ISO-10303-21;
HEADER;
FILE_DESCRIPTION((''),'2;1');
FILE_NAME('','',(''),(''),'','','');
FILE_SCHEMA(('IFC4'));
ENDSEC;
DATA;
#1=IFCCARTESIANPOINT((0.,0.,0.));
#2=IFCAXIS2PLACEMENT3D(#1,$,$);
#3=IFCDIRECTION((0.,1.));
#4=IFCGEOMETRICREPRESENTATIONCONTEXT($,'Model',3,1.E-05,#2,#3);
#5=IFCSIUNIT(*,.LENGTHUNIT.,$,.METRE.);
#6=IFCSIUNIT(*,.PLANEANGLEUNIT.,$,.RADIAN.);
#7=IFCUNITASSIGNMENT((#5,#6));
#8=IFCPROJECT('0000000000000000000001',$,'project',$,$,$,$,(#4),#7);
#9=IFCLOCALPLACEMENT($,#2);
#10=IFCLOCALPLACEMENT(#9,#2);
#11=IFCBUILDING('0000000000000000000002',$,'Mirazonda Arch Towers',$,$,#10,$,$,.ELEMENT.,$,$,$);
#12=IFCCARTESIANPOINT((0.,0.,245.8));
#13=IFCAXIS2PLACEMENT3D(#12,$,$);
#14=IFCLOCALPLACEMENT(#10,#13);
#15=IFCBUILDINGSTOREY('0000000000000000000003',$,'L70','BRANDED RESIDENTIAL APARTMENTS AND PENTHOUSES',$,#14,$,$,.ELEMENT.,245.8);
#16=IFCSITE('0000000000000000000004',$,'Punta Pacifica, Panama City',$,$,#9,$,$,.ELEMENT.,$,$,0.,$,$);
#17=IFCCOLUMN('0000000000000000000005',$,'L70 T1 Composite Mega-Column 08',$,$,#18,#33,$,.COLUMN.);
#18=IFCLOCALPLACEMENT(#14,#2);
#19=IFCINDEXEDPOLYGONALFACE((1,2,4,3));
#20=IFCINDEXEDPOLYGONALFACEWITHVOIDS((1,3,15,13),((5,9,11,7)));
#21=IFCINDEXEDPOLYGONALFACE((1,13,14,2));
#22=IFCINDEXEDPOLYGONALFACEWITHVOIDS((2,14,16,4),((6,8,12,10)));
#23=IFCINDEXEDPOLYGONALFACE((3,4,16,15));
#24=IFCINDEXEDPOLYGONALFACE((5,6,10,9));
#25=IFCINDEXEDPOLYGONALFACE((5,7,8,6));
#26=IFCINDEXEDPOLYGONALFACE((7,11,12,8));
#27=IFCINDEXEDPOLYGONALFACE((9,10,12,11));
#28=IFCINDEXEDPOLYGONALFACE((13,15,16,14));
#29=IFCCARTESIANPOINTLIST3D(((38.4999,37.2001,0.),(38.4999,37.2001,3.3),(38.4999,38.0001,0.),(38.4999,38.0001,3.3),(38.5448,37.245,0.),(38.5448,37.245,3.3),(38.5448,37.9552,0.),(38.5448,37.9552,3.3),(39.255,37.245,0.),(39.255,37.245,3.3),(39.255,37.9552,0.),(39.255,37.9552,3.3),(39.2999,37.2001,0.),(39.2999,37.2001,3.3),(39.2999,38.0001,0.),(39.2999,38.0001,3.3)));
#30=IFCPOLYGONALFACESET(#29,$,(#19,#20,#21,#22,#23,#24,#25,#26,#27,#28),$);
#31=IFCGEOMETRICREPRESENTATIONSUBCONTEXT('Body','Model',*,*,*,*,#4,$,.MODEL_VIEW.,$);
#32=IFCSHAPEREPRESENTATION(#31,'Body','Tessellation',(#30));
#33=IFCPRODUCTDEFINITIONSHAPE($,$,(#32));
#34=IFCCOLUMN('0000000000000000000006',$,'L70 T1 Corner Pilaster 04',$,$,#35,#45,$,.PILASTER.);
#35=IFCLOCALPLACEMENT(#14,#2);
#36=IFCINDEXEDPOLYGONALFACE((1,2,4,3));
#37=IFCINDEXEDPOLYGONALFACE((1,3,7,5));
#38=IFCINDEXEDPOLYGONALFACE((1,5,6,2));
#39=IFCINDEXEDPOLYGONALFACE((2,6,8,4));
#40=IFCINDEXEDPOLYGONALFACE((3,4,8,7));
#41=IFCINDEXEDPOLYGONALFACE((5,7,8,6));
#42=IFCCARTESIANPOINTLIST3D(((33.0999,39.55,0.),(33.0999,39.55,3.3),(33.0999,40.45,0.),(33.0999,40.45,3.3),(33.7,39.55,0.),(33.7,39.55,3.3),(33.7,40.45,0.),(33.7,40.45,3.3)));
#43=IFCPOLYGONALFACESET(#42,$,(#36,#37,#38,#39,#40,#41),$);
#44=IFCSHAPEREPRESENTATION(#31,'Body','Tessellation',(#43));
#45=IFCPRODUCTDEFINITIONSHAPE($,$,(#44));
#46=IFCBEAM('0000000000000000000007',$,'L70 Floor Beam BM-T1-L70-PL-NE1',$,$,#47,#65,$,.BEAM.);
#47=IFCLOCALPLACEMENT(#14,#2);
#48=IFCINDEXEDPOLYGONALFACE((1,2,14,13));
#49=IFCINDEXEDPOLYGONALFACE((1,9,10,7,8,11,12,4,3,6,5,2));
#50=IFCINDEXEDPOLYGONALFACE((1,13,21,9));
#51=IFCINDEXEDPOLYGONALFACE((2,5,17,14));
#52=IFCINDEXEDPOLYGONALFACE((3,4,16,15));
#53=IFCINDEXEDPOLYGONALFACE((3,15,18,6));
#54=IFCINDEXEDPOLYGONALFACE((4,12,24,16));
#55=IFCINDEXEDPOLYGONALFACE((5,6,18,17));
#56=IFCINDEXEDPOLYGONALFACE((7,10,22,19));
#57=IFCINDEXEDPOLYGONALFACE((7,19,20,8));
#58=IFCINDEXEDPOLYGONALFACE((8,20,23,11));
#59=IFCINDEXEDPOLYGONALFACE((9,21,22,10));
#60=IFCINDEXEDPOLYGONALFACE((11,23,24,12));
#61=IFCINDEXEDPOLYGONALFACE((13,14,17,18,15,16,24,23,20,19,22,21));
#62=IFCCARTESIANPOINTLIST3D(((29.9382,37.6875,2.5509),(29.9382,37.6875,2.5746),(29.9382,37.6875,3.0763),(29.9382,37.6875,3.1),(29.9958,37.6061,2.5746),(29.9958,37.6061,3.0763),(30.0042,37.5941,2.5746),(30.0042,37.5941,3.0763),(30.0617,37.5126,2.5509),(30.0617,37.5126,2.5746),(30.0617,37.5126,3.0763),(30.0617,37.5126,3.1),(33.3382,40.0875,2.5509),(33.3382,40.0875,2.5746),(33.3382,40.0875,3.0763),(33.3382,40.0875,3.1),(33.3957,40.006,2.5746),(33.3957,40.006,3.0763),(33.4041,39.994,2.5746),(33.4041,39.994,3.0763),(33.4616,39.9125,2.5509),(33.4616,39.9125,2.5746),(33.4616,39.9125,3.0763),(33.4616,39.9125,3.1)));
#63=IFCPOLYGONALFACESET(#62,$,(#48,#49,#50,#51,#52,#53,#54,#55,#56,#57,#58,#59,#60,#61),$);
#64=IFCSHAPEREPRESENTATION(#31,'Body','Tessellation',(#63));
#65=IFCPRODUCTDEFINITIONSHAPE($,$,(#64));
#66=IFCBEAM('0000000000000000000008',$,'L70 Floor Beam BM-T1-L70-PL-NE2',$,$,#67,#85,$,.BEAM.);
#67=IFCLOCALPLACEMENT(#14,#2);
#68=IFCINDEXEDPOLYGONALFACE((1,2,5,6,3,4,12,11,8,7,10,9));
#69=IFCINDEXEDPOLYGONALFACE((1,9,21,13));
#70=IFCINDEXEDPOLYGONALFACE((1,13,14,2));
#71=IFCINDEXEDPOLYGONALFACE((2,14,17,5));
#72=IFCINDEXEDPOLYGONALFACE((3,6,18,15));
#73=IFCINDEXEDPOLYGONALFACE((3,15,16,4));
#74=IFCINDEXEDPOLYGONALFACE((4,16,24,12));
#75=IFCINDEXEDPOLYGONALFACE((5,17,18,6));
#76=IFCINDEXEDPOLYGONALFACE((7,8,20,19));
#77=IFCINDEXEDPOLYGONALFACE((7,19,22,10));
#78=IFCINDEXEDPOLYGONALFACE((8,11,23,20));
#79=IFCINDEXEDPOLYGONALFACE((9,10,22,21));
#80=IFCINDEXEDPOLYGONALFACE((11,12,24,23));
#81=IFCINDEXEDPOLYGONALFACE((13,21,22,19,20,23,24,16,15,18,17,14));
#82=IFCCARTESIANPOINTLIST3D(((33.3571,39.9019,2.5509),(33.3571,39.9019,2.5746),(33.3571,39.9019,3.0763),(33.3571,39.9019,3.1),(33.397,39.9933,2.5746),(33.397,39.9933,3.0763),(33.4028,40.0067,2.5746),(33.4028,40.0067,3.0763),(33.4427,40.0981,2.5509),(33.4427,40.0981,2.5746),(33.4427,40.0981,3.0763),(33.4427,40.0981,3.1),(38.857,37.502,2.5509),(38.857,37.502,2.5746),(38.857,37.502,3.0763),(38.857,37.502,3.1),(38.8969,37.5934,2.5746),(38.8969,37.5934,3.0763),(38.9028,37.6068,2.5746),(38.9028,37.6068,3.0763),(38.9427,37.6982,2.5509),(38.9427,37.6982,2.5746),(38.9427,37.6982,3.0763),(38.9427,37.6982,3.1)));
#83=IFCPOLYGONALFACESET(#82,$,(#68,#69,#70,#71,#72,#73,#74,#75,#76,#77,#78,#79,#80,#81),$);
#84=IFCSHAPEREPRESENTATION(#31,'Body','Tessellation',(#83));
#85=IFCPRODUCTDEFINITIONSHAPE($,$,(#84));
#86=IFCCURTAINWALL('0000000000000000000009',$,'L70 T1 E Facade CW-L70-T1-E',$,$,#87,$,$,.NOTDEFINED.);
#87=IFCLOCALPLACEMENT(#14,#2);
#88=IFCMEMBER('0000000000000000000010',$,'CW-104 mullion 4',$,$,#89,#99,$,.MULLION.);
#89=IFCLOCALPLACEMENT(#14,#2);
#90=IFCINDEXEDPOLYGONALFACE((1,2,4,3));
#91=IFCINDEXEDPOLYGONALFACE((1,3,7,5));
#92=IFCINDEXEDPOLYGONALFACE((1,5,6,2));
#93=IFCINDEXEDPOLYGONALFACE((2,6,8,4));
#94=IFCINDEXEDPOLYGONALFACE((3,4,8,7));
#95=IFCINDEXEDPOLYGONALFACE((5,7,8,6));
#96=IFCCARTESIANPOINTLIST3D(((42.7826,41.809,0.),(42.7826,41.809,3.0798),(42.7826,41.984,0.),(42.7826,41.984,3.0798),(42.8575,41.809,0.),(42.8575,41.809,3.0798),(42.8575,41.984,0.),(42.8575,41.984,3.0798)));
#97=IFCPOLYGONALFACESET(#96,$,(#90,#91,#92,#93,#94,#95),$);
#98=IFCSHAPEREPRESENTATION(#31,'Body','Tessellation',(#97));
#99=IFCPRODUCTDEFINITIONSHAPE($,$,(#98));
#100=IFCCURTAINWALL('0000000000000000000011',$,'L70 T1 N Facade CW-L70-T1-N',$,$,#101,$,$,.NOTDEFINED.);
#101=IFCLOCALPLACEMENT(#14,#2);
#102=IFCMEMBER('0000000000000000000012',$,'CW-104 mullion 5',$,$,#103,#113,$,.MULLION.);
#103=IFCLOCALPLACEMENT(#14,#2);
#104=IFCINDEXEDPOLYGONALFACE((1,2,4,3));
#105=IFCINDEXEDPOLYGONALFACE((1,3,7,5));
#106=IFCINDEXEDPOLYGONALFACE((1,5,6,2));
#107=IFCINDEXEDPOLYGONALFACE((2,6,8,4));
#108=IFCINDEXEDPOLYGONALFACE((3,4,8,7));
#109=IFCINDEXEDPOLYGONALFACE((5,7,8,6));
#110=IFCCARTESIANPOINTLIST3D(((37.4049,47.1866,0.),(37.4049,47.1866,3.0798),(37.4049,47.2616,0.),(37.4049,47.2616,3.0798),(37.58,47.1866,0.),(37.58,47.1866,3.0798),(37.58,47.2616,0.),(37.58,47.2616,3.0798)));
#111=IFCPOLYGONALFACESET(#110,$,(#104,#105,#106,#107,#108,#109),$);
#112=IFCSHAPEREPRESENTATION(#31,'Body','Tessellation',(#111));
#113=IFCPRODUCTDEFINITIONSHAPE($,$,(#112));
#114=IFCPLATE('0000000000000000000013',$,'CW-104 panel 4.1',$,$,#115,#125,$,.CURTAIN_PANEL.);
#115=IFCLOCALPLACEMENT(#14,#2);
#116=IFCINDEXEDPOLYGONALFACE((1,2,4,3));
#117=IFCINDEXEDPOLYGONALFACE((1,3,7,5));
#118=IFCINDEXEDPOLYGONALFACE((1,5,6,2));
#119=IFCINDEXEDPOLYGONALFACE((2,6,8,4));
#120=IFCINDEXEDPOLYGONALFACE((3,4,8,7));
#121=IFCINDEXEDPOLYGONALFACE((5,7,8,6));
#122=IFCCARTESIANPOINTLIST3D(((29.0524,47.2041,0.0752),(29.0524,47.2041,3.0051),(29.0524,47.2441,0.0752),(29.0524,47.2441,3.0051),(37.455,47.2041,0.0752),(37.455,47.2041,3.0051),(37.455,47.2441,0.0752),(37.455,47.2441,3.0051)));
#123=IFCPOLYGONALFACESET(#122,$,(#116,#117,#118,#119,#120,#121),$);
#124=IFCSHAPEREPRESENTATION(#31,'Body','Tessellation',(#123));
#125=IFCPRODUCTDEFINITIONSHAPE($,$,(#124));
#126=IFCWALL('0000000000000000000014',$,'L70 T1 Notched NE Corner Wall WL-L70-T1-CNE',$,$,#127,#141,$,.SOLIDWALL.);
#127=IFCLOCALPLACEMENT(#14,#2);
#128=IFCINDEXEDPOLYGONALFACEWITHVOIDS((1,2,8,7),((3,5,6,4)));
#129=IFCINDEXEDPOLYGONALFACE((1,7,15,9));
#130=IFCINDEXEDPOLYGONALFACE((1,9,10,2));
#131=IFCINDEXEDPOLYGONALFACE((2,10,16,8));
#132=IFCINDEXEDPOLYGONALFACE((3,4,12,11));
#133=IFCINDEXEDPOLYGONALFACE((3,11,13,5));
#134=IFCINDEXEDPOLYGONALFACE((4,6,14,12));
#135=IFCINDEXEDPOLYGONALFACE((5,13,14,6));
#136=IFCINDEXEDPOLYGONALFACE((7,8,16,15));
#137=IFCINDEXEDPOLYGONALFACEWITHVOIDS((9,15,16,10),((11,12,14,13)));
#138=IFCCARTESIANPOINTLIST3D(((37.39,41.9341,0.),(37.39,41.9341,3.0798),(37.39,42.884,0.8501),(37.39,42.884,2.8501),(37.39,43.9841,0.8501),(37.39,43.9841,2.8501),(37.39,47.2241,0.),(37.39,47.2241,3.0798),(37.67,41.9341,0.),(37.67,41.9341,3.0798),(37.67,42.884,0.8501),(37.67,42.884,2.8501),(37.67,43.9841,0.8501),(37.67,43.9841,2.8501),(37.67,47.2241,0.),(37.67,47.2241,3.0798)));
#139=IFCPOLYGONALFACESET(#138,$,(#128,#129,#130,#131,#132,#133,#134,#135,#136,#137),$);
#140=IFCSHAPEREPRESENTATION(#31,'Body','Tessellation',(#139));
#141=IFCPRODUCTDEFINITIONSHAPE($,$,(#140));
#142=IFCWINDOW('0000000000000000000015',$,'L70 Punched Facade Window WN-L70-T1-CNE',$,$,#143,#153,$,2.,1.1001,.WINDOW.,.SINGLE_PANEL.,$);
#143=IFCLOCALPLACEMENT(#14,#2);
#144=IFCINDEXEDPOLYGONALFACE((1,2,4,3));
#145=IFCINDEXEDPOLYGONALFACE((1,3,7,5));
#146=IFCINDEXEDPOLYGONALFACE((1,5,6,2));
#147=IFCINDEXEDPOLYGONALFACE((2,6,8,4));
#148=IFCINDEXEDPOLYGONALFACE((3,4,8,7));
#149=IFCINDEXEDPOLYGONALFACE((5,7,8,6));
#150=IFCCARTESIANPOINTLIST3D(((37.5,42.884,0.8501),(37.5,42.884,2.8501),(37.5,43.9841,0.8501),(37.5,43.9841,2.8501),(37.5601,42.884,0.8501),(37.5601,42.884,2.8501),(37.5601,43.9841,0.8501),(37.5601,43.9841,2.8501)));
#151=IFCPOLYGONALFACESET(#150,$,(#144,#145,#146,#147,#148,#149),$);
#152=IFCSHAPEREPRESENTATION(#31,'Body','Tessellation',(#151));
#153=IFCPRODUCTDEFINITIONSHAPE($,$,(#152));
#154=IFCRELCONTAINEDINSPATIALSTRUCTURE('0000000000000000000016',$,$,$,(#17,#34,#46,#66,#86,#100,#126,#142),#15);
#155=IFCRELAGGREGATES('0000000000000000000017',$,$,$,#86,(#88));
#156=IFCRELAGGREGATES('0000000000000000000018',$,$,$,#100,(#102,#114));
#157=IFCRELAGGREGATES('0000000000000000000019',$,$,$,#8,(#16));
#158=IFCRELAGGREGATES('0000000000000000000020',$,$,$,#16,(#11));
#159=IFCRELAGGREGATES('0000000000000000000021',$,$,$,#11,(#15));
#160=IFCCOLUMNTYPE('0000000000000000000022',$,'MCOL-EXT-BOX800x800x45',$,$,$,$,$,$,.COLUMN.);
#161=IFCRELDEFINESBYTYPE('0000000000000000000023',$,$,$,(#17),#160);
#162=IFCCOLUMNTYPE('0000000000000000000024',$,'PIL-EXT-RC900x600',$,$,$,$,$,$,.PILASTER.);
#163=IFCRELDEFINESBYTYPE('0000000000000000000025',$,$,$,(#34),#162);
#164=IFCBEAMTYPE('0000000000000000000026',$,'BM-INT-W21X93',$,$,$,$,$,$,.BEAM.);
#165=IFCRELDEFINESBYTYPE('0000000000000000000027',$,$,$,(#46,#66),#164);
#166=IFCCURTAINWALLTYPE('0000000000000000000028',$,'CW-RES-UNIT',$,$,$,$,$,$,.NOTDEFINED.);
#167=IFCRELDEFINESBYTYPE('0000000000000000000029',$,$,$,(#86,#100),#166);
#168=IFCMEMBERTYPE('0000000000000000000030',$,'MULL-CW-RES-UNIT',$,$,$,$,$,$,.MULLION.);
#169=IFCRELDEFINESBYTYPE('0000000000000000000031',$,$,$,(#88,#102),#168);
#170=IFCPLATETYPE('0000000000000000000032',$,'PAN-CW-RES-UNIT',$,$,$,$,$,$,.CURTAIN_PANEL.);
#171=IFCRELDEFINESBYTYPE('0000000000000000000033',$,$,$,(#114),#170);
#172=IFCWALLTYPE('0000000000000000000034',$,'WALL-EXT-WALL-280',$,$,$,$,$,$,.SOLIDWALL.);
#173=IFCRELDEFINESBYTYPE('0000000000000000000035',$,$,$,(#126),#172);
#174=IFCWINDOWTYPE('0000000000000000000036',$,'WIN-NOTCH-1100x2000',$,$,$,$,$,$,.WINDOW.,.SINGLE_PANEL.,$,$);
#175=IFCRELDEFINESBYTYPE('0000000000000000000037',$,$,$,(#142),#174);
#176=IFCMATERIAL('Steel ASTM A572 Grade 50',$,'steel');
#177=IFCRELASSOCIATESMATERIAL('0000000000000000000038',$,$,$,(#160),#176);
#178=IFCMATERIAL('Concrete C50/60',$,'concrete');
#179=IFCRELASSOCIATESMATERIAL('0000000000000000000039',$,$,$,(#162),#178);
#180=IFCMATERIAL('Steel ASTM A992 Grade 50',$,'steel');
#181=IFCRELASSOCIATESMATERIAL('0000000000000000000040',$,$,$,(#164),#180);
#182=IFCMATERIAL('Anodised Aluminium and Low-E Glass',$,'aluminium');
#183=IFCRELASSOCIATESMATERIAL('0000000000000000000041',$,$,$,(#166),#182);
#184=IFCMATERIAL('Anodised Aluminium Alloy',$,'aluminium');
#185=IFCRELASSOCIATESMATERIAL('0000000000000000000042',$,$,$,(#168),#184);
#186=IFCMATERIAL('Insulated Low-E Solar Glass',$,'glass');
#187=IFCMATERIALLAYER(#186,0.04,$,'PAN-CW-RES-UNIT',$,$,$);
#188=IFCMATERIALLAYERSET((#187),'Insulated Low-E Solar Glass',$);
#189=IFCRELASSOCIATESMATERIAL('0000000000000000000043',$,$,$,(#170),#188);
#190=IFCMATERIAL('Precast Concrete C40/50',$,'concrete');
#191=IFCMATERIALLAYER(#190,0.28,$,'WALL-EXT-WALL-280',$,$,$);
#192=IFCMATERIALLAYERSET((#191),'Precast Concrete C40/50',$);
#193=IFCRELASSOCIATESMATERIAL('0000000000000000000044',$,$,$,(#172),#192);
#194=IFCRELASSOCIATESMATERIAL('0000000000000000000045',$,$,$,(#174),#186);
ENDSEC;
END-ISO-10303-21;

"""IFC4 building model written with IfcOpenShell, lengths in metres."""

from ifc_helpers import new_model, si_unit, direction, frame, frame_2d, origin, origin_2d, place, context, subcontext, project, spatial, rectangle, hollow_rectangle, i_section, extrude, material, layer, layer_set, material_profile, profile_set, type_object, element, fill, aggregate, save


model = new_model("IFC4")

# Units and contexts
model_context = context("Model", 3, precision=1e-05, world=origin(), true_north=direction((0.0, 1.0)))
body_context = subcontext(model_context, "Body", "Model", "MODEL_VIEW")
ifc_project = project(units=[si_unit("LENGTHUNIT", "METRE"), si_unit("PLANEANGLEUNIT", "RADIAN")], contexts=[model_context])

# Site, building, storey
site_placement = place(None, origin())
site = spatial("IfcSite", under=ifc_project, at=site_placement, Name="Punta Pacifica, Panama City", CompositionType="ELEMENT", RefElevation=0.0)
building_placement = place(site_placement, origin())
building = spatial("IfcBuilding", under=site, at=building_placement, Name="Mirazonda Arch Towers", CompositionType="ELEMENT")
storey_placement = place(building_placement, frame((0.0, 0.0, 245.8)))
storey = spatial("IfcBuildingStorey", under=building, at=storey_placement, Name="L70", Description="BRANDED RESIDENTIAL APARTMENTS AND PENTHOUSES", CompositionType="ELEMENT", Elevation=245.8)

# Columns
ifc_material_1 = material(Name="Steel ASTM A572 Grade 50", Category="steel")
ifc_material_profile_1 = material_profile(ifc_material_1, hollow_rectangle(XDim=0.8, YDim=0.8, WallThickness=0.0449, at=origin_2d()), Name="BOX800x800x45")
ifc_profile_set_1 = profile_set([ifc_material_profile_1], Name="Steel ASTM A572 Grade 50")
column_type_1 = type_object("IfcColumnType", Name="MCOL-EXT-BOX800x800x45", PredefinedType="COLUMN", material=ifc_profile_set_1)
column_1_placement = place(storey_placement, frame((38.8999, 37.6001, 0.0), z_axis=(0.0, 0.0, 1.0), x_axis=(1.0, 0.0, 0.0)))
element("IfcColumn", 1, at=column_1_placement, inside=storey, type_object=column_type_1, Name="L70 T1 Composite Mega-Column 08", PredefinedType="COLUMN", context=body_context, shape_type="SweptSolid", body=[
    extrude(hollow_rectangle(XDim=0.8, YDim=0.8, WallThickness=0.0449, at=origin_2d()), origin(), (0.0, 0.0, 1.0), 3.3),
])
ifc_material_2 = material(Name="Concrete C50/60", Category="concrete")
ifc_material_profile_2 = material_profile(ifc_material_2, rectangle(XDim=0.6001, YDim=0.8999, at=origin_2d()), Name="RC900x600")
ifc_profile_set_2 = profile_set([ifc_material_profile_2], Name="Concrete C50/60")
column_type_2 = type_object("IfcColumnType", Name="PIL-EXT-RC900x600", PredefinedType="PILASTER", material=ifc_profile_set_2)
column_2_placement = place(storey_placement, frame((33.3999, 40.0, 0.0), z_axis=(0.0, 0.0, 1.0), x_axis=(1.0, 0.0, 0.0)))
element("IfcColumn", 2, at=column_2_placement, inside=storey, type_object=column_type_2, Name="L70 T1 Corner Pilaster 04", PredefinedType="PILASTER", context=body_context, shape_type="SweptSolid", body=[
    extrude(rectangle(XDim=0.6001, YDim=0.8999, at=origin_2d()), origin(), (0.0, 0.0, 1.0), 3.3),
])

# Beams
ifc_material_3 = material(Name="Steel ASTM A992 Grade 50", Category="steel")
ifc_material_profile_3 = material_profile(ifc_material_3, i_section(OverallWidth=0.2141, OverallDepth=0.5491, WebThickness=0.0146, FlangeThickness=0.0237, at=origin_2d()), Name="W21X93")
ifc_profile_set_3 = profile_set([ifc_material_profile_3], Name="Steel ASTM A992 Grade 50")
beam_type = type_object("IfcBeamType", Name="BM-INT-W21X93", PredefinedType="BEAM", material=ifc_profile_set_3)
beam_1_placement = place(storey_placement, frame((33.3999, 40.0, 2.8254), z_axis=(-0.816971, -0.576679, 0.0), x_axis=(0.576679, -0.816971, 0.0)))
element("IfcBeam", 3, at=beam_1_placement, inside=storey, type_object=beam_type, Name="L70 Floor Beam BM-T1-L70-PL-NE1", PredefinedType="BEAM", context=body_context, shape_type="SweptSolid", body=[
    extrude(i_section(OverallWidth=0.2141, OverallDepth=0.5491, WebThickness=0.0146, FlangeThickness=0.0237, at=origin_2d()), origin(), (0.0, 0.0, 1.0), 4.1616),
])
beam_2_placement = place(storey_placement, frame((33.3999, 40.0, 2.8254), z_axis=(0.916545, -0.399931, 0.0), x_axis=(0.399931, 0.916545, 0.0)))
element("IfcBeam", 4, at=beam_2_placement, inside=storey, type_object=beam_type, Name="L70 Floor Beam BM-T1-L70-PL-NE2", PredefinedType="BEAM", context=body_context, shape_type="SweptSolid", body=[
    extrude(i_section(OverallWidth=0.2141, OverallDepth=0.5491, WebThickness=0.0146, FlangeThickness=0.0237, at=origin_2d()), origin(), (0.0, 0.0, 1.0), 6.0007),
])

# Curtain wall, member
ifc_material_4 = material(Name="Anodised Aluminium and Low-E Glass", Category="aluminium")
curtain_wall_type = type_object("IfcCurtainWallType", Name="CW-RES-UNIT", PredefinedType="NOTDEFINED", material=ifc_material_4)
curtain_wall_1_placement = place(storey_placement, origin())
curtain_wall_1 = element("IfcCurtainWall", 5, at=curtain_wall_1_placement, inside=storey, type_object=curtain_wall_type, Name="L70 T1 E Facade CW-L70-T1-E", PredefinedType="NOTDEFINED")
ifc_material_5 = material(Name="Anodised Aluminium Alloy", Category="aluminium")
ifc_material_profile_4 = material_profile(ifc_material_5, rectangle(XDim=0.075, YDim=0.175, at=origin_2d()), Name="ALU-MULL-75x175")
ifc_profile_set_4 = profile_set([ifc_material_profile_4], Name="Anodised Aluminium Alloy")
member_type = type_object("IfcMemberType", Name="MULL-CW-RES-UNIT", PredefinedType="MULLION", material=ifc_profile_set_4)
member_1_placement = place(storey_placement, frame((42.8201, 41.8965, 0.0), z_axis=(0.0, 0.0, 1.0), x_axis=(-1.0, 0.0, 0.0)))
member_1 = element("IfcMember", 6, at=member_1_placement, type_object=member_type, Name="CW-104 mullion 4", PredefinedType="MULLION", context=body_context, shape_type="SweptSolid", body=[
    extrude(rectangle(XDim=0.075, YDim=0.175, at=origin_2d()), origin(), (0.0, 0.0, 1.0), 3.0798),
])
aggregate(curtain_wall_1, [member_1])

# Curtain wall, member, plate
curtain_wall_2_placement = place(storey_placement, origin())
curtain_wall_2 = element("IfcCurtainWall", 7, at=curtain_wall_2_placement, inside=storey, type_object=curtain_wall_type, Name="L70 T1 N Facade CW-L70-T1-N", PredefinedType="NOTDEFINED")
member_2_placement = place(storey_placement, frame((37.4924, 47.2241, 0.0), z_axis=(0.0, 0.0, 1.0), x_axis=(0.0, 1.0, 0.0)))
member_2 = element("IfcMember", 8, at=member_2_placement, type_object=member_type, Name="CW-104 mullion 5", PredefinedType="MULLION", context=body_context, shape_type="SweptSolid", body=[
    extrude(rectangle(XDim=0.075, YDim=0.175, at=origin_2d()), origin(), (0.0, 0.0, 1.0), 3.0798),
])
ifc_material_6 = material(Name="Insulated Low-E Solar Glass", Category="glass")
ifc_layer_1 = layer(ifc_material_6, 0.04, Name="PAN-CW-RES-UNIT")
ifc_layer_set_1 = layer_set([ifc_layer_1], Name="Insulated Low-E Solar Glass")
plate_type = type_object("IfcPlateType", Name="PAN-CW-RES-UNIT", PredefinedType="CURTAIN_PANEL", material=ifc_layer_set_1)
plate_placement = place(storey_placement, frame((33.2537, 47.2241, 0.0752), z_axis=(0.0, 0.0, 1.0), x_axis=(1.0, 0.0, 0.0)))
plate = element("IfcPlate", 9, at=plate_placement, type_object=plate_type, Name="CW-104 panel 4.1", PredefinedType="CURTAIN_PANEL", context=body_context, shape_type="SweptSolid", body=[
    extrude(rectangle(XDim=8.4026, YDim=0.04, at=origin_2d()), origin(), (0.0, 0.0, 1.0), 2.9299),
])
aggregate(curtain_wall_2, [member_2, plate])

# Wall, opening, window
ifc_material_7 = material(Name="Precast Concrete C40/50", Category="concrete")
ifc_layer_2 = layer(ifc_material_7, 0.28, Name="WALL-EXT-WALL-280")
ifc_layer_set_2 = layer_set([ifc_layer_2], Name="Precast Concrete C40/50")
wall_type_1 = type_object("IfcWallType", Name="WALL-EXT-WALL-280", PredefinedType="SOLIDWALL", material=ifc_layer_set_2)
wall_1_placement = place(storey_placement, frame((37.53, 41.9341, 0.0), z_axis=(0.0, 0.0, 1.0), x_axis=(0.0, 1.0, 0.0)))
wall_1 = element("IfcWall", 10, at=wall_1_placement, inside=storey, type_object=wall_type_1, Name="L70 T1 Notched NE Corner Wall WL-L70-T1-CNE", PredefinedType="SOLIDWALL", context=body_context, shape_type="SweptSolid", body=[
    extrude(rectangle(XDim=5.29, YDim=0.28, at=frame_2d((2.645, 0.0))), origin(), (0.0, 0.0, 1.0), 3.0798),
])
opening_1_placement = place(wall_1_placement, frame((0.95, 0.0, 0.8501)))
opening_1 = element("IfcOpeningElement", 11, at=opening_1_placement, cuts=wall_1, PredefinedType="OPENING", context=body_context, shape_type="SweptSolid", body=[
    extrude(rectangle(XDim=1.1001, YDim=2.0, at=frame_2d((0.55, 1.0))), frame((0.0, 0.1499, 0.0), z_axis=(0.0, -1.0, 0.0), x_axis=(1.0, 0.0, 0.0)), (0.0, 0.0, 1.0), 0.3),
])
window_type = type_object("IfcWindowType", Name="WIN-NOTCH-1100x2000", PartitioningType="SINGLE_PANEL", PredefinedType="WINDOW", material=ifc_material_6)
window_1_placement = place(opening_1_placement, origin())
window_1 = element("IfcWindow", 12, at=window_1_placement, inside=storey, type_object=window_type, Name="L70 Punched Facade Window WN-L70-T1-CNE", OverallHeight=2.0, OverallWidth=1.1001, PartitioningType="SINGLE_PANEL", PredefinedType="WINDOW", context=body_context, shape_type="SweptSolid", body=[
    extrude(rectangle(XDim=1.1001, YDim=2.0, at=frame_2d((0.55, 1.0))), frame((0.0, 0.03, 0.0), z_axis=(0.0, -1.0, 0.0), x_axis=(1.0, 0.0, 0.0)), (0.0, 0.0, 1.0), 0.0601),
])
fill(opening_1, window_1)

save(model, "model.ifc")
